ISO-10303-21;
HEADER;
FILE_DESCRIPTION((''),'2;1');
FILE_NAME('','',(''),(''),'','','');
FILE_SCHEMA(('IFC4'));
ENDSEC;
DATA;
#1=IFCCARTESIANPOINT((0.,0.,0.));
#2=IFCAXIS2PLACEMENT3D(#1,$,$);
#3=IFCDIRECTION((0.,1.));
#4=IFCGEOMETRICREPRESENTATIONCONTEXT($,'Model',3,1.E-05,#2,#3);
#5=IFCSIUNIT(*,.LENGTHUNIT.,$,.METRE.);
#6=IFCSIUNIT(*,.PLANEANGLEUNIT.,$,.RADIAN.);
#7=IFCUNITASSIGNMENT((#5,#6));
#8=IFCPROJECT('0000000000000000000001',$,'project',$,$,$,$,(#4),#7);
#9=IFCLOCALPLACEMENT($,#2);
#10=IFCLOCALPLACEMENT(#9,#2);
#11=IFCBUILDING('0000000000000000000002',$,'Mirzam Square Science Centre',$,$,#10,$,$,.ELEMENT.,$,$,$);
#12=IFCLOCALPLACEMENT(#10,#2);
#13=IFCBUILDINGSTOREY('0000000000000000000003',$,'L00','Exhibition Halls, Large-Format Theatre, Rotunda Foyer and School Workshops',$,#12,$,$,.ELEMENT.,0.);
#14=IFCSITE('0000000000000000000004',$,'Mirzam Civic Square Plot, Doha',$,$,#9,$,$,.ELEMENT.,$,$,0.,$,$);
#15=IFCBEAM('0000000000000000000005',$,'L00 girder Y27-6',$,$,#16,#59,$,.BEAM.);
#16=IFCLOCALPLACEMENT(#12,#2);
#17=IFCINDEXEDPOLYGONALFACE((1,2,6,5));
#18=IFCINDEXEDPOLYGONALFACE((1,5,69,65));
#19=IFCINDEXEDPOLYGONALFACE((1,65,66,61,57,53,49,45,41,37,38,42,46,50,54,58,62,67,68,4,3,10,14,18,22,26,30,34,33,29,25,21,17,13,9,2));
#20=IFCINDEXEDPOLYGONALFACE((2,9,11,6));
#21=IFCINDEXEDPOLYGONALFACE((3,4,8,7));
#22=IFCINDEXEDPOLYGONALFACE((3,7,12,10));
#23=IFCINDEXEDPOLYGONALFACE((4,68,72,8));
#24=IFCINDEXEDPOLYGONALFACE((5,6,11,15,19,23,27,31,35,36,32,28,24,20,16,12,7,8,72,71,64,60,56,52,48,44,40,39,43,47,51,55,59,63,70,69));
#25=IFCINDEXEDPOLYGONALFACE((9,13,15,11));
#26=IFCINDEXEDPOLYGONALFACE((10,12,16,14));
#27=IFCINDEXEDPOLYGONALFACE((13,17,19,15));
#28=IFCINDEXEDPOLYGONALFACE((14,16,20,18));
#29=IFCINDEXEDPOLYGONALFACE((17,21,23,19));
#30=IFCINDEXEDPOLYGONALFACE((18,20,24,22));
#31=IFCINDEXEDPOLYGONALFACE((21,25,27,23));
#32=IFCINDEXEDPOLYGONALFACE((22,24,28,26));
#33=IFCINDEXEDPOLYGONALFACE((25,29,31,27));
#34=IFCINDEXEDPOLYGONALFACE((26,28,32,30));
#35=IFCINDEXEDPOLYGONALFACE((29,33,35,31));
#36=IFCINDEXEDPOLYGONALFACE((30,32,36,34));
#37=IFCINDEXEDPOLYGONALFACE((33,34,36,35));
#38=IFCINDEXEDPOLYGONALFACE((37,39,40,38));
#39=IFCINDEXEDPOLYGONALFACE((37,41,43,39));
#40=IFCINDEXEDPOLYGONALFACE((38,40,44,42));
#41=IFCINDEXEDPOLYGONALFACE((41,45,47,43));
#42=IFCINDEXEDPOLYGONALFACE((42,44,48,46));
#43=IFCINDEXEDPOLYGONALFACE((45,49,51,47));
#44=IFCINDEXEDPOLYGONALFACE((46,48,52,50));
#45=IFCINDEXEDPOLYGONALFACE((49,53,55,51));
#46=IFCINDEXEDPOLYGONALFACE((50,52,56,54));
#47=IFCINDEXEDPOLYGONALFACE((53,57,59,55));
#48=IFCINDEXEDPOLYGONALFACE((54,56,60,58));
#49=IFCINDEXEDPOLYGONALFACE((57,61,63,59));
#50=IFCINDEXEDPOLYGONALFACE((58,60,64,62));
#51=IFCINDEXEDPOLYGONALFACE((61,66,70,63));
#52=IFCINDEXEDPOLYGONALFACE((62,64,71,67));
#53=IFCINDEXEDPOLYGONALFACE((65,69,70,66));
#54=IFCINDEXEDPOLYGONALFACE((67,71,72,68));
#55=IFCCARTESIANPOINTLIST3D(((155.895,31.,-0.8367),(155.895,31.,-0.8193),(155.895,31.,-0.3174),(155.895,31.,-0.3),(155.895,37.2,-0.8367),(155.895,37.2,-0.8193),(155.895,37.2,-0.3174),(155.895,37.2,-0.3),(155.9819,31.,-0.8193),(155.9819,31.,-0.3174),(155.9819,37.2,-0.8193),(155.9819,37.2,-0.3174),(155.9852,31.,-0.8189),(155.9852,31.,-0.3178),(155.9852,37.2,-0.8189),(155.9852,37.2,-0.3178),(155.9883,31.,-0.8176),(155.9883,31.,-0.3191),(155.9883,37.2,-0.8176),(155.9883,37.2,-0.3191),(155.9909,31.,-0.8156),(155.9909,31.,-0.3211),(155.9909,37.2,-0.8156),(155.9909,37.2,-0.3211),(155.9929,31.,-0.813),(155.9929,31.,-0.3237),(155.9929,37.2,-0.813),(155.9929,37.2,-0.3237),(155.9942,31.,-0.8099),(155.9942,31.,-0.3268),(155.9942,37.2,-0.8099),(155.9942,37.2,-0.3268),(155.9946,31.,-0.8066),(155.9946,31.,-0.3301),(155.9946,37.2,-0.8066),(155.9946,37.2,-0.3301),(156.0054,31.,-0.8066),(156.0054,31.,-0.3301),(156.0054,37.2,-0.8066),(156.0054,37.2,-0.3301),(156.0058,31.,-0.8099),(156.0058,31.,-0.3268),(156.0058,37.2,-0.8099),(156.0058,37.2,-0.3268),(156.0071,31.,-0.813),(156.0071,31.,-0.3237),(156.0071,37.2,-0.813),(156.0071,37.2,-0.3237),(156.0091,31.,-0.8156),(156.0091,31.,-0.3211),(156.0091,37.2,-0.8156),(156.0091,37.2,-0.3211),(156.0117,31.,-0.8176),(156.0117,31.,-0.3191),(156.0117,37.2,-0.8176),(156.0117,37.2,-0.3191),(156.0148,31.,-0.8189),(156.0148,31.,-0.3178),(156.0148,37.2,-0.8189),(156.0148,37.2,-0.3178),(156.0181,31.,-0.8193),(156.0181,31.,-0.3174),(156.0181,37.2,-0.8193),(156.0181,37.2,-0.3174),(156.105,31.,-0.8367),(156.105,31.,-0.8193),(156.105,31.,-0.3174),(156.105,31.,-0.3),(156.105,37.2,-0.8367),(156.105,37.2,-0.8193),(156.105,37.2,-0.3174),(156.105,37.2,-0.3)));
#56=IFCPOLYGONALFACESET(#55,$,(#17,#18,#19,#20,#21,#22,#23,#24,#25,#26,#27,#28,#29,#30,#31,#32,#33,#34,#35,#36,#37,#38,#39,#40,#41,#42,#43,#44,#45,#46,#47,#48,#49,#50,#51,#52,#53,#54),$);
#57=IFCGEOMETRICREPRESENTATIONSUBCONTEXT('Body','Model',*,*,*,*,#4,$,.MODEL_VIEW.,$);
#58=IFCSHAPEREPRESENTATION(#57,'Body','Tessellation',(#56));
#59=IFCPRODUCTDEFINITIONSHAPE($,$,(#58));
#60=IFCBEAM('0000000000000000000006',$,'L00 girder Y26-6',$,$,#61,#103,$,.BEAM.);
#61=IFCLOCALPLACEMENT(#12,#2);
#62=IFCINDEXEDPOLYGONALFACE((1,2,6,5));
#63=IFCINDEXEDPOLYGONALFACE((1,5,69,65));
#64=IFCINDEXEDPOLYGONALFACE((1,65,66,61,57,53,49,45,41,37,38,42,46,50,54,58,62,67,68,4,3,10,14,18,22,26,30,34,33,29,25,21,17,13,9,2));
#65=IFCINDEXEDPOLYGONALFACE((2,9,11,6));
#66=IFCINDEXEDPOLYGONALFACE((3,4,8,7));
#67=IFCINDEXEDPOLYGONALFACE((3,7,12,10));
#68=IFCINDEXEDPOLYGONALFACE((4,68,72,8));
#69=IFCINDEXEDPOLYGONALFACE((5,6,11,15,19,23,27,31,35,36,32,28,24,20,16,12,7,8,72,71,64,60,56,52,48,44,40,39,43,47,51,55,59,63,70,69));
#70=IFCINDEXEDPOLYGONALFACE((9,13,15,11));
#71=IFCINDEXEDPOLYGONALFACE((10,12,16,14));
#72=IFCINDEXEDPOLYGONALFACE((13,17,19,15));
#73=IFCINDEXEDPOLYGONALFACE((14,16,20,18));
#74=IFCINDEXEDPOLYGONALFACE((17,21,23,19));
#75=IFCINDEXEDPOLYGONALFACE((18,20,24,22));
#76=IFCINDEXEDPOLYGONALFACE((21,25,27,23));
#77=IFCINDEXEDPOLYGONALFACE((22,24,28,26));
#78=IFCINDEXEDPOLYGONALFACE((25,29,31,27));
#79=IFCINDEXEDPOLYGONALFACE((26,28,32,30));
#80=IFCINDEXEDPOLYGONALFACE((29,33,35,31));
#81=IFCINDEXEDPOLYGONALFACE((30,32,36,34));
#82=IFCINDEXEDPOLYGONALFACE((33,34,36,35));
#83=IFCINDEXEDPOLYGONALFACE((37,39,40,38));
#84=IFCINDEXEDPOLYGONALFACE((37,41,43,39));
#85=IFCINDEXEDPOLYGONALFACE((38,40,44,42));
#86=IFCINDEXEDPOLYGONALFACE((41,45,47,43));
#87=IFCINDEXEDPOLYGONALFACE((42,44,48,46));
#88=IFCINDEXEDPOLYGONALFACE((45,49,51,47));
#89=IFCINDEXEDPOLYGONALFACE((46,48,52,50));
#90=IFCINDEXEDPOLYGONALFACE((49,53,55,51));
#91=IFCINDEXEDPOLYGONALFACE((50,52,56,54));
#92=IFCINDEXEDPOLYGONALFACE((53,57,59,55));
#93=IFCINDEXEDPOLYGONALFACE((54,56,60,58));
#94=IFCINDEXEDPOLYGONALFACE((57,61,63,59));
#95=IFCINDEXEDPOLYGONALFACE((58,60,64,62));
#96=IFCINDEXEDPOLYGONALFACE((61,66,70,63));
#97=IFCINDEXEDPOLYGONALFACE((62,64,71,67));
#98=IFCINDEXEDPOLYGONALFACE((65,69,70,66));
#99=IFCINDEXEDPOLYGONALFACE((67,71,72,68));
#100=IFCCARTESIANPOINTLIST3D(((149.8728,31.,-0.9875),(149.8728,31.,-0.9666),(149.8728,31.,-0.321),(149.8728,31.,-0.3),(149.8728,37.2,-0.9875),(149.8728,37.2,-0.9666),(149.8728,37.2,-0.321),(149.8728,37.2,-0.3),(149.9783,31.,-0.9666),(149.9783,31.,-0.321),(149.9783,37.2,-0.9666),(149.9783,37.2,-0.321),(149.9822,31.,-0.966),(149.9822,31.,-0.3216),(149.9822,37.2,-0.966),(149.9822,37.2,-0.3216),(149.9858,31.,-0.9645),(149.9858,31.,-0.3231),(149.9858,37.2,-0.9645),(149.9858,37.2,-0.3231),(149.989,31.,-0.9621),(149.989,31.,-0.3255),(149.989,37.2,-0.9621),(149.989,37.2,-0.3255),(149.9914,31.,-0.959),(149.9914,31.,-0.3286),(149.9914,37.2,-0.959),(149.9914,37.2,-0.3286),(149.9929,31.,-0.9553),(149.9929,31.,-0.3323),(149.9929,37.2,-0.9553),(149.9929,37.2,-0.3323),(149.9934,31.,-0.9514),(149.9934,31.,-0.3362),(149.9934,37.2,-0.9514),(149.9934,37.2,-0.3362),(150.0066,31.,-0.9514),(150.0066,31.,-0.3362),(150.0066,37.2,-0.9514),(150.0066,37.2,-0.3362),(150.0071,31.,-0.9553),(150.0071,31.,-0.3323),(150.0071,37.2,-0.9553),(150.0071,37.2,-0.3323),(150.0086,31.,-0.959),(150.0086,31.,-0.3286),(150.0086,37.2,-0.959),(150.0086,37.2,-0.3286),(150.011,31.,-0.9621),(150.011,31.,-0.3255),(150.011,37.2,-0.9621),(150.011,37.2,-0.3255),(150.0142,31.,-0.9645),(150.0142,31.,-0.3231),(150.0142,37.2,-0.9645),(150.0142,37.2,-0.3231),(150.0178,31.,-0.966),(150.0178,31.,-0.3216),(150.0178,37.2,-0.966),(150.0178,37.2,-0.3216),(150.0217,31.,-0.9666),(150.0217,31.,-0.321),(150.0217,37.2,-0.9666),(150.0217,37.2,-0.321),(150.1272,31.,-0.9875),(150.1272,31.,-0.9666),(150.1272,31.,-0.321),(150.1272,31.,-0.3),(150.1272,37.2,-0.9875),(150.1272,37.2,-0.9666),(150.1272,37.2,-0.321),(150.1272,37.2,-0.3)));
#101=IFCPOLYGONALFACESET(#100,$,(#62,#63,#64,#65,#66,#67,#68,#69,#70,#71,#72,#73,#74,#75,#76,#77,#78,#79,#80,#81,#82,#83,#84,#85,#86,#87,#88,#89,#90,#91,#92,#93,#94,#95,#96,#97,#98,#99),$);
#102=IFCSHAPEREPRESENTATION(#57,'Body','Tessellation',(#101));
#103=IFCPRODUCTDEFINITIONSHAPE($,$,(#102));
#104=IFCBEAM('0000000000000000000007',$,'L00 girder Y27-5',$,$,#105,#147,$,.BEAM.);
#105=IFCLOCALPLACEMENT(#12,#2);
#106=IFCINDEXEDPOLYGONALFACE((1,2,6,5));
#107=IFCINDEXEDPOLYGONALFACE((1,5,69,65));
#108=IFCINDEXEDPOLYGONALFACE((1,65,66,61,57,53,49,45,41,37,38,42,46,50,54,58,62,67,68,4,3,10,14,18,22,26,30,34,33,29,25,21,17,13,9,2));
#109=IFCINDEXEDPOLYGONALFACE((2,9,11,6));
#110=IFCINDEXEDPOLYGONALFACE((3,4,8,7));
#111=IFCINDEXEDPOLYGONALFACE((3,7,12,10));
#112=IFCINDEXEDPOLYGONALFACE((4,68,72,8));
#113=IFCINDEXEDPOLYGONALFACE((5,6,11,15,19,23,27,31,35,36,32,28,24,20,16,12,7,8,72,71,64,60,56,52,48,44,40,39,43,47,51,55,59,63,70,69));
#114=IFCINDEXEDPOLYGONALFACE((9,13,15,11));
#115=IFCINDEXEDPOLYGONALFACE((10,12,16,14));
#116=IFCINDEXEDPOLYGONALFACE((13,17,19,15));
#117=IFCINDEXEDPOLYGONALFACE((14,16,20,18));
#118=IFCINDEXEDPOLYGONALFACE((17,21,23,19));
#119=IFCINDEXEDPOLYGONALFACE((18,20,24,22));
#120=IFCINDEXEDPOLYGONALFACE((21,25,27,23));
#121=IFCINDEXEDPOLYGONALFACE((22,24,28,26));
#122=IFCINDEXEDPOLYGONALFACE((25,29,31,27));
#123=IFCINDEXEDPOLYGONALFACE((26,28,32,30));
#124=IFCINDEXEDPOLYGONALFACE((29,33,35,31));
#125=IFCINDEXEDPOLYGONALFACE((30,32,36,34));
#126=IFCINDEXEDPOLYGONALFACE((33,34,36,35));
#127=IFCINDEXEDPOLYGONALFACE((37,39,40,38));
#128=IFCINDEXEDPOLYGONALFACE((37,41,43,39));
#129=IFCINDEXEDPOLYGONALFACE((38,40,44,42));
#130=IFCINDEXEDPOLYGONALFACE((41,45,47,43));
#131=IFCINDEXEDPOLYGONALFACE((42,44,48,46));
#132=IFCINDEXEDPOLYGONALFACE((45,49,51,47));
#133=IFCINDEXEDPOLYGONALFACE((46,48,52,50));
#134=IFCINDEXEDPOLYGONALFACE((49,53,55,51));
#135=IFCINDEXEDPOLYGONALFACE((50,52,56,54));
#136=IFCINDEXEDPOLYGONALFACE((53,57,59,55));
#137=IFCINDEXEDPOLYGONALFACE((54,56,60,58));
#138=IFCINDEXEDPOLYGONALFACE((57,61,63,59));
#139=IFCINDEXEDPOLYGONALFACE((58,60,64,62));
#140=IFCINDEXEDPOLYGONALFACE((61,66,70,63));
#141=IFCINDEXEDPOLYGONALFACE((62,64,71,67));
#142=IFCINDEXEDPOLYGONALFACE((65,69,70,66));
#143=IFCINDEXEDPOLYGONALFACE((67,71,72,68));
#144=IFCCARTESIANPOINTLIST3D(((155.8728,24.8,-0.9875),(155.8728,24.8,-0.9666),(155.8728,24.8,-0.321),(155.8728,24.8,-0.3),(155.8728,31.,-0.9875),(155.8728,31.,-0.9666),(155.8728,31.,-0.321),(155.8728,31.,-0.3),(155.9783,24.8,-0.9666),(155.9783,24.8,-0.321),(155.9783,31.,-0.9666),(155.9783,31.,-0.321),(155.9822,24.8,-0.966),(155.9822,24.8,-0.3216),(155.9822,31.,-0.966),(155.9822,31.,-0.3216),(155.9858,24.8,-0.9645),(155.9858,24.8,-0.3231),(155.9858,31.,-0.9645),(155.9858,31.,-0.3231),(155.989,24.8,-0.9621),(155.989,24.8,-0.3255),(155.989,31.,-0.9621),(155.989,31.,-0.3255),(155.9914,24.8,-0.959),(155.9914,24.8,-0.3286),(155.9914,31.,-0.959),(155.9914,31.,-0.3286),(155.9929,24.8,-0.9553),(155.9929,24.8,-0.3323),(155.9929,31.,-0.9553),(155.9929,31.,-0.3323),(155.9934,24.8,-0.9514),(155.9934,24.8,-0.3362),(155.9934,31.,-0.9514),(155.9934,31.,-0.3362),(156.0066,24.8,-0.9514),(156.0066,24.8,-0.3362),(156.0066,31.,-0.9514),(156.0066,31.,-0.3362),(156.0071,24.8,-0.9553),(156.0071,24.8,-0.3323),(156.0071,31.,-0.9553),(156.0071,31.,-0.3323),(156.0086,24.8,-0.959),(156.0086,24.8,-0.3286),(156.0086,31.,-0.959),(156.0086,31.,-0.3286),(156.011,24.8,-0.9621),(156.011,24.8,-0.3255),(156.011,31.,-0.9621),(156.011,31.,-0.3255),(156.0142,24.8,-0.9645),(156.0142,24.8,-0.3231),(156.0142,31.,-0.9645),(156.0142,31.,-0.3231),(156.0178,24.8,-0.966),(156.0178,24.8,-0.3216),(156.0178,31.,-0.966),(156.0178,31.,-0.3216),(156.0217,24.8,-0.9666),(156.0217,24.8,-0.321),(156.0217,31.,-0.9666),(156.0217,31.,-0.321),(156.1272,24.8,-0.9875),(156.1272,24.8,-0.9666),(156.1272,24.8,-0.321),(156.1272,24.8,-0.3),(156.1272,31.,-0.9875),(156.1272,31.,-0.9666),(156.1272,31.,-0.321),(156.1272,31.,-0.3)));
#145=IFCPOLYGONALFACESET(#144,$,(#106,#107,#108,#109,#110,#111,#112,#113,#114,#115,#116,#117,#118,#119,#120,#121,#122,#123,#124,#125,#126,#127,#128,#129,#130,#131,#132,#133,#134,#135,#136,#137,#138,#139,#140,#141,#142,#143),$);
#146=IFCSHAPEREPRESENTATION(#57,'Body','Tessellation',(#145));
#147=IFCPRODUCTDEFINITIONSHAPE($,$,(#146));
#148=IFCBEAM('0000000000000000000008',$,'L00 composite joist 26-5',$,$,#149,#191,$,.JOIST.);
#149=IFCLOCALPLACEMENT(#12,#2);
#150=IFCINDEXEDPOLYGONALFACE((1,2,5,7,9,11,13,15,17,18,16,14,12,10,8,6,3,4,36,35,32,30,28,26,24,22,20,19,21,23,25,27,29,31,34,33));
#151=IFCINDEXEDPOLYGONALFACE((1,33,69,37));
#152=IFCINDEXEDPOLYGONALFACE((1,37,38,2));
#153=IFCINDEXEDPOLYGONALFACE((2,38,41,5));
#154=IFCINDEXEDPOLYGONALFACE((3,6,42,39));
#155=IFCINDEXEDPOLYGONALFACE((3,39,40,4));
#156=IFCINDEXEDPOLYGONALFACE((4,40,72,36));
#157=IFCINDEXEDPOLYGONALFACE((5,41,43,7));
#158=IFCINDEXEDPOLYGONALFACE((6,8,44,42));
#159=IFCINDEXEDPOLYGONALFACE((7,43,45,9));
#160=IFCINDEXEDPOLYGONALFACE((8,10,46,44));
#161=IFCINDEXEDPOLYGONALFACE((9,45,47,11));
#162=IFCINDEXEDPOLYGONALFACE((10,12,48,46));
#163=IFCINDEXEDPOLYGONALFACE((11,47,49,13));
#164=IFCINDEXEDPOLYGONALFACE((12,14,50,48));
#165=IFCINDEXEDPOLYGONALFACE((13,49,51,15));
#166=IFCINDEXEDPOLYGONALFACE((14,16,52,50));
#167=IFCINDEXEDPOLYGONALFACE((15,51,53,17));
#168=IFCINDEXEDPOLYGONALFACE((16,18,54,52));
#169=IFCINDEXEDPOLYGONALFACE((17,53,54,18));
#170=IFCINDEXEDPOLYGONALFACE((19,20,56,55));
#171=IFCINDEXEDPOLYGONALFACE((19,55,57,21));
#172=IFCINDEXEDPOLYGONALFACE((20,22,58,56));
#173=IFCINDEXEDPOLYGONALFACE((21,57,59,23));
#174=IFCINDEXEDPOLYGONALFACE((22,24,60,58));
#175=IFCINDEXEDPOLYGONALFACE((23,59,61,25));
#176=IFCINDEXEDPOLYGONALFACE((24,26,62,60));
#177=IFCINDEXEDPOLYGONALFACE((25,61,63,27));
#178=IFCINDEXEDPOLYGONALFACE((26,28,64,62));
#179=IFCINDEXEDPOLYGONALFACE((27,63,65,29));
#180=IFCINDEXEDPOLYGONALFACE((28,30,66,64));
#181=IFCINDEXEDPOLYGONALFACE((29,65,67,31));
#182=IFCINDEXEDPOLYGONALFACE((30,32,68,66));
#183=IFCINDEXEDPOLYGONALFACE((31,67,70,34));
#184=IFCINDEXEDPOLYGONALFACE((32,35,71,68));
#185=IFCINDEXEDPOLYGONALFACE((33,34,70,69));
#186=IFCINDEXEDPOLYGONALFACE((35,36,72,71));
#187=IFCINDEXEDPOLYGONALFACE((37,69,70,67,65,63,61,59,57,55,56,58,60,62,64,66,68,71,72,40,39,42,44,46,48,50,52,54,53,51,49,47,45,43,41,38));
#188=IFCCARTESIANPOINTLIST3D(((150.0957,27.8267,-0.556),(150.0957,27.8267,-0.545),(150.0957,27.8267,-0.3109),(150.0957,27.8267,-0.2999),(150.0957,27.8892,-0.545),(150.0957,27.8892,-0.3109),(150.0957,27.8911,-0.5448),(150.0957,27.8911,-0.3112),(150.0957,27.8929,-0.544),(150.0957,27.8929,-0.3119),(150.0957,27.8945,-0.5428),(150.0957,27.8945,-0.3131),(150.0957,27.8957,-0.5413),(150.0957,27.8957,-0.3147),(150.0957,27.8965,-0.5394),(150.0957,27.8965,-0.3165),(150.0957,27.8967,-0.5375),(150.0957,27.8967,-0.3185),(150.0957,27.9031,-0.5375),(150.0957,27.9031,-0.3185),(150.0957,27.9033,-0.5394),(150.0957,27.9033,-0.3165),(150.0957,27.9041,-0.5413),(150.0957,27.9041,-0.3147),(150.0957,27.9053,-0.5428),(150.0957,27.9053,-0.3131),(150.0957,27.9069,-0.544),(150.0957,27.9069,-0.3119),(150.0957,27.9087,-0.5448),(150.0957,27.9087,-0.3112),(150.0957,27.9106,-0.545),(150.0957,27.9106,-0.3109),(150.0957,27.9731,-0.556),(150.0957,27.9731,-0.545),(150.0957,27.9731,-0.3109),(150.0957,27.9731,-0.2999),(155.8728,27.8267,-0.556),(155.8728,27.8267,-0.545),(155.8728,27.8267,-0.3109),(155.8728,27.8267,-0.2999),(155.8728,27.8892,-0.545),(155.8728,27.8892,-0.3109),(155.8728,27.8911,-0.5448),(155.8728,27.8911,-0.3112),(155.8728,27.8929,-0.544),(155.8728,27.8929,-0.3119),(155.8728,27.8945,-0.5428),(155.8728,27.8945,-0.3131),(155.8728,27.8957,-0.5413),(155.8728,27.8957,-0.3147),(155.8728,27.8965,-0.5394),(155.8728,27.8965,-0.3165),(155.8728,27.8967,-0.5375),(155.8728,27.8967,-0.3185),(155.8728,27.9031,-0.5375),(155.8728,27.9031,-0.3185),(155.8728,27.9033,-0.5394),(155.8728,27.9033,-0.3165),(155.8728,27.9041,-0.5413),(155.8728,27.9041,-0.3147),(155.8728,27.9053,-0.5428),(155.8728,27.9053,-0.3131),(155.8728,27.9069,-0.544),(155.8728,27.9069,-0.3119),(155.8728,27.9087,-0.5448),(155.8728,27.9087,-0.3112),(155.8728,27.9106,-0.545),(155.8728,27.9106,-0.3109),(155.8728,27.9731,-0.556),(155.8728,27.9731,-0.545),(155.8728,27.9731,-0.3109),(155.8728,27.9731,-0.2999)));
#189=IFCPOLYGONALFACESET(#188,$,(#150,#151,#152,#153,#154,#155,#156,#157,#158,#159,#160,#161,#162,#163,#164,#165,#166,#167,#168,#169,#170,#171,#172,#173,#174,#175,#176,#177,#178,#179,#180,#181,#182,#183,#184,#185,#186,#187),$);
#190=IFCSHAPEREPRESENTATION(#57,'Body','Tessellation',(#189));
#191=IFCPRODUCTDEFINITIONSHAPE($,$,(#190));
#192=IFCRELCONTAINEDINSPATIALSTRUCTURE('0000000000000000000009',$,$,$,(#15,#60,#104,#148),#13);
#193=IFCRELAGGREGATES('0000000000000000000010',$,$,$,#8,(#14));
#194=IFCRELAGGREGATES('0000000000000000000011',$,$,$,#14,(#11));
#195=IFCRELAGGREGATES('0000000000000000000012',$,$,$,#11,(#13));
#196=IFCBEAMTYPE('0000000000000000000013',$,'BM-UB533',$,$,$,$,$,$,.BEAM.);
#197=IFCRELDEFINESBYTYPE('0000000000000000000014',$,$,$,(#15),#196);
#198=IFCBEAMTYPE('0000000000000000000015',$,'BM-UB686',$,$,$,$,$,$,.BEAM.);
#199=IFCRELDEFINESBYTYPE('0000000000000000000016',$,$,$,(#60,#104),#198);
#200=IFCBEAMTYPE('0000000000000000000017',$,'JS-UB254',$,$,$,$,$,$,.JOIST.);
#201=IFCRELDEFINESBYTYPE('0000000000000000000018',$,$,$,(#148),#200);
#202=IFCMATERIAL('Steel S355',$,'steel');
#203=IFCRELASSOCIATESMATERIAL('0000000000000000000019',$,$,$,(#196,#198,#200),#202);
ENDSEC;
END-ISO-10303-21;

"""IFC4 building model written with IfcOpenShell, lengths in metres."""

from ifc_helpers import new_model, si_unit, direction, frame, origin, origin_2d, place, context, subcontext, project, spatial, i_section, extrude, material, material_profile, profile_set, type_object, element, save


model = new_model("IFC4")

# Units and contexts
model_context = context("Model", 3, precision=1e-05, world=origin(), true_north=direction((0.0, 1.0)))
body_context = subcontext(model_context, "Body", "Model", "MODEL_VIEW")
ifc_project = project(units=[si_unit("LENGTHUNIT", "METRE"), si_unit("PLANEANGLEUNIT", "RADIAN")], contexts=[model_context])

# Site, building, storey
site_placement = place(None, origin())
site = spatial("IfcSite", under=ifc_project, at=site_placement, Name="Mirzam Civic Square Plot, Doha", CompositionType="ELEMENT", RefElevation=0.0)
building_placement = place(site_placement, origin())
building = spatial("IfcBuilding", under=site, at=building_placement, Name="Mirzam Square Science Centre", CompositionType="ELEMENT")
storey_placement = place(building_placement, origin())
storey = spatial("IfcBuildingStorey", under=building, at=storey_placement, Name="L00", Description="Exhibition Halls, Large-Format Theatre, Rotunda Foyer and School Workshops", CompositionType="ELEMENT", Elevation=0.0)

# Shared definitions
ifc_material_1 = material(Name="Steel S355", Category="steel")

# Beams
ifc_material_profile_1 = material_profile(ifc_material_1, i_section(OverallWidth=0.21, OverallDepth=0.5366, WebThickness=0.0107, FlangeThickness=0.0173, FilletRadius=0.0127, at=origin_2d()), Name="533x210x101UB")
ifc_profile_set_1 = profile_set([ifc_material_profile_1], Name="Steel S355")
beam_type_1 = type_object("IfcBeamType", Name="BM-UB533", PredefinedType="BEAM", material=ifc_profile_set_1)
beam_1_placement = place(storey_placement, frame((156.0, 31.0, -0.5684), z_axis=(0.0, 1.0, 0.0), x_axis=(-1.0, 0.0, 0.0)))
element("IfcBeam", 1, at=beam_1_placement, inside=storey, type_object=beam_type_1, Name="L00 girder Y27-6", PredefinedType="BEAM", context=body_context, shape_type="SweptSolid", body=[
    extrude(i_section(OverallWidth=0.21, OverallDepth=0.5366, WebThickness=0.0107, FlangeThickness=0.0173, FilletRadius=0.0127, at=origin_2d()), origin(), (0.0, 0.0, 1.0), 6.2),
])
ifc_material_profile_2 = material_profile(ifc_material_1, i_section(OverallWidth=0.2544, OverallDepth=0.6875, WebThickness=0.0132, FlangeThickness=0.021, FilletRadius=0.0151, at=origin_2d()), Name="686x254x152UB")
ifc_profile_set_2 = profile_set([ifc_material_profile_2], Name="Steel S355")
beam_type_2 = type_object("IfcBeamType", Name="BM-UB686", PredefinedType="BEAM", material=ifc_profile_set_2)
for number, where, z_axis, x_axis, name in (
    (2, (150.0, 31.0, -0.6438), (0.0, 1.0, 0.0), (-1.0, 0.0, 0.0), "L00 girder Y26-6"),
    (3, (156.0, 24.8, -0.6438), (0.0, 1.0, 0.0), (-1.0, 0.0, 0.0), "L00 girder Y27-5"),
):
    element("IfcBeam", number, at=place(storey_placement, frame(where, z_axis=z_axis, x_axis=x_axis)), inside=storey, type_object=beam_type_2, Name=name, PredefinedType="BEAM", context=body_context, shape_type="SweptSolid", body=[
        extrude(i_section(OverallWidth=0.2544, OverallDepth=0.6875, WebThickness=0.0132, FlangeThickness=0.021, FilletRadius=0.0151, at=origin_2d()), origin(), (0.0, 0.0, 1.0), 6.2),
    ])
ifc_material_profile_3 = material_profile(ifc_material_1, i_section(OverallWidth=0.1465, OverallDepth=0.2561, WebThickness=0.0063, FlangeThickness=0.011, FilletRadius=0.0076, at=origin_2d()), Name="254x146x37UB")
ifc_profile_set_3 = profile_set([ifc_material_profile_3], Name="Steel S355")
beam_type_3 = type_object("IfcBeamType", Name="JS-UB254", PredefinedType="JOIST", material=ifc_profile_set_3)
beam_2_placement = place(storey_placement, frame((150.0957, 27.8999, -0.428), z_axis=(1.0, 0.0, 0.0), x_axis=(0.0, 1.0, 0.0)))
element("IfcBeam", 4, at=beam_2_placement, inside=storey, type_object=beam_type_3, Name="L00 composite joist 26-5", PredefinedType="JOIST", context=body_context, shape_type="SweptSolid", body=[
    extrude(i_section(OverallWidth=0.1465, OverallDepth=0.2561, WebThickness=0.0063, FlangeThickness=0.011, FilletRadius=0.0076, at=origin_2d()), origin(), (0.0, 0.0, 1.0), 5.7771),
])

save(model, "model.ifc")
